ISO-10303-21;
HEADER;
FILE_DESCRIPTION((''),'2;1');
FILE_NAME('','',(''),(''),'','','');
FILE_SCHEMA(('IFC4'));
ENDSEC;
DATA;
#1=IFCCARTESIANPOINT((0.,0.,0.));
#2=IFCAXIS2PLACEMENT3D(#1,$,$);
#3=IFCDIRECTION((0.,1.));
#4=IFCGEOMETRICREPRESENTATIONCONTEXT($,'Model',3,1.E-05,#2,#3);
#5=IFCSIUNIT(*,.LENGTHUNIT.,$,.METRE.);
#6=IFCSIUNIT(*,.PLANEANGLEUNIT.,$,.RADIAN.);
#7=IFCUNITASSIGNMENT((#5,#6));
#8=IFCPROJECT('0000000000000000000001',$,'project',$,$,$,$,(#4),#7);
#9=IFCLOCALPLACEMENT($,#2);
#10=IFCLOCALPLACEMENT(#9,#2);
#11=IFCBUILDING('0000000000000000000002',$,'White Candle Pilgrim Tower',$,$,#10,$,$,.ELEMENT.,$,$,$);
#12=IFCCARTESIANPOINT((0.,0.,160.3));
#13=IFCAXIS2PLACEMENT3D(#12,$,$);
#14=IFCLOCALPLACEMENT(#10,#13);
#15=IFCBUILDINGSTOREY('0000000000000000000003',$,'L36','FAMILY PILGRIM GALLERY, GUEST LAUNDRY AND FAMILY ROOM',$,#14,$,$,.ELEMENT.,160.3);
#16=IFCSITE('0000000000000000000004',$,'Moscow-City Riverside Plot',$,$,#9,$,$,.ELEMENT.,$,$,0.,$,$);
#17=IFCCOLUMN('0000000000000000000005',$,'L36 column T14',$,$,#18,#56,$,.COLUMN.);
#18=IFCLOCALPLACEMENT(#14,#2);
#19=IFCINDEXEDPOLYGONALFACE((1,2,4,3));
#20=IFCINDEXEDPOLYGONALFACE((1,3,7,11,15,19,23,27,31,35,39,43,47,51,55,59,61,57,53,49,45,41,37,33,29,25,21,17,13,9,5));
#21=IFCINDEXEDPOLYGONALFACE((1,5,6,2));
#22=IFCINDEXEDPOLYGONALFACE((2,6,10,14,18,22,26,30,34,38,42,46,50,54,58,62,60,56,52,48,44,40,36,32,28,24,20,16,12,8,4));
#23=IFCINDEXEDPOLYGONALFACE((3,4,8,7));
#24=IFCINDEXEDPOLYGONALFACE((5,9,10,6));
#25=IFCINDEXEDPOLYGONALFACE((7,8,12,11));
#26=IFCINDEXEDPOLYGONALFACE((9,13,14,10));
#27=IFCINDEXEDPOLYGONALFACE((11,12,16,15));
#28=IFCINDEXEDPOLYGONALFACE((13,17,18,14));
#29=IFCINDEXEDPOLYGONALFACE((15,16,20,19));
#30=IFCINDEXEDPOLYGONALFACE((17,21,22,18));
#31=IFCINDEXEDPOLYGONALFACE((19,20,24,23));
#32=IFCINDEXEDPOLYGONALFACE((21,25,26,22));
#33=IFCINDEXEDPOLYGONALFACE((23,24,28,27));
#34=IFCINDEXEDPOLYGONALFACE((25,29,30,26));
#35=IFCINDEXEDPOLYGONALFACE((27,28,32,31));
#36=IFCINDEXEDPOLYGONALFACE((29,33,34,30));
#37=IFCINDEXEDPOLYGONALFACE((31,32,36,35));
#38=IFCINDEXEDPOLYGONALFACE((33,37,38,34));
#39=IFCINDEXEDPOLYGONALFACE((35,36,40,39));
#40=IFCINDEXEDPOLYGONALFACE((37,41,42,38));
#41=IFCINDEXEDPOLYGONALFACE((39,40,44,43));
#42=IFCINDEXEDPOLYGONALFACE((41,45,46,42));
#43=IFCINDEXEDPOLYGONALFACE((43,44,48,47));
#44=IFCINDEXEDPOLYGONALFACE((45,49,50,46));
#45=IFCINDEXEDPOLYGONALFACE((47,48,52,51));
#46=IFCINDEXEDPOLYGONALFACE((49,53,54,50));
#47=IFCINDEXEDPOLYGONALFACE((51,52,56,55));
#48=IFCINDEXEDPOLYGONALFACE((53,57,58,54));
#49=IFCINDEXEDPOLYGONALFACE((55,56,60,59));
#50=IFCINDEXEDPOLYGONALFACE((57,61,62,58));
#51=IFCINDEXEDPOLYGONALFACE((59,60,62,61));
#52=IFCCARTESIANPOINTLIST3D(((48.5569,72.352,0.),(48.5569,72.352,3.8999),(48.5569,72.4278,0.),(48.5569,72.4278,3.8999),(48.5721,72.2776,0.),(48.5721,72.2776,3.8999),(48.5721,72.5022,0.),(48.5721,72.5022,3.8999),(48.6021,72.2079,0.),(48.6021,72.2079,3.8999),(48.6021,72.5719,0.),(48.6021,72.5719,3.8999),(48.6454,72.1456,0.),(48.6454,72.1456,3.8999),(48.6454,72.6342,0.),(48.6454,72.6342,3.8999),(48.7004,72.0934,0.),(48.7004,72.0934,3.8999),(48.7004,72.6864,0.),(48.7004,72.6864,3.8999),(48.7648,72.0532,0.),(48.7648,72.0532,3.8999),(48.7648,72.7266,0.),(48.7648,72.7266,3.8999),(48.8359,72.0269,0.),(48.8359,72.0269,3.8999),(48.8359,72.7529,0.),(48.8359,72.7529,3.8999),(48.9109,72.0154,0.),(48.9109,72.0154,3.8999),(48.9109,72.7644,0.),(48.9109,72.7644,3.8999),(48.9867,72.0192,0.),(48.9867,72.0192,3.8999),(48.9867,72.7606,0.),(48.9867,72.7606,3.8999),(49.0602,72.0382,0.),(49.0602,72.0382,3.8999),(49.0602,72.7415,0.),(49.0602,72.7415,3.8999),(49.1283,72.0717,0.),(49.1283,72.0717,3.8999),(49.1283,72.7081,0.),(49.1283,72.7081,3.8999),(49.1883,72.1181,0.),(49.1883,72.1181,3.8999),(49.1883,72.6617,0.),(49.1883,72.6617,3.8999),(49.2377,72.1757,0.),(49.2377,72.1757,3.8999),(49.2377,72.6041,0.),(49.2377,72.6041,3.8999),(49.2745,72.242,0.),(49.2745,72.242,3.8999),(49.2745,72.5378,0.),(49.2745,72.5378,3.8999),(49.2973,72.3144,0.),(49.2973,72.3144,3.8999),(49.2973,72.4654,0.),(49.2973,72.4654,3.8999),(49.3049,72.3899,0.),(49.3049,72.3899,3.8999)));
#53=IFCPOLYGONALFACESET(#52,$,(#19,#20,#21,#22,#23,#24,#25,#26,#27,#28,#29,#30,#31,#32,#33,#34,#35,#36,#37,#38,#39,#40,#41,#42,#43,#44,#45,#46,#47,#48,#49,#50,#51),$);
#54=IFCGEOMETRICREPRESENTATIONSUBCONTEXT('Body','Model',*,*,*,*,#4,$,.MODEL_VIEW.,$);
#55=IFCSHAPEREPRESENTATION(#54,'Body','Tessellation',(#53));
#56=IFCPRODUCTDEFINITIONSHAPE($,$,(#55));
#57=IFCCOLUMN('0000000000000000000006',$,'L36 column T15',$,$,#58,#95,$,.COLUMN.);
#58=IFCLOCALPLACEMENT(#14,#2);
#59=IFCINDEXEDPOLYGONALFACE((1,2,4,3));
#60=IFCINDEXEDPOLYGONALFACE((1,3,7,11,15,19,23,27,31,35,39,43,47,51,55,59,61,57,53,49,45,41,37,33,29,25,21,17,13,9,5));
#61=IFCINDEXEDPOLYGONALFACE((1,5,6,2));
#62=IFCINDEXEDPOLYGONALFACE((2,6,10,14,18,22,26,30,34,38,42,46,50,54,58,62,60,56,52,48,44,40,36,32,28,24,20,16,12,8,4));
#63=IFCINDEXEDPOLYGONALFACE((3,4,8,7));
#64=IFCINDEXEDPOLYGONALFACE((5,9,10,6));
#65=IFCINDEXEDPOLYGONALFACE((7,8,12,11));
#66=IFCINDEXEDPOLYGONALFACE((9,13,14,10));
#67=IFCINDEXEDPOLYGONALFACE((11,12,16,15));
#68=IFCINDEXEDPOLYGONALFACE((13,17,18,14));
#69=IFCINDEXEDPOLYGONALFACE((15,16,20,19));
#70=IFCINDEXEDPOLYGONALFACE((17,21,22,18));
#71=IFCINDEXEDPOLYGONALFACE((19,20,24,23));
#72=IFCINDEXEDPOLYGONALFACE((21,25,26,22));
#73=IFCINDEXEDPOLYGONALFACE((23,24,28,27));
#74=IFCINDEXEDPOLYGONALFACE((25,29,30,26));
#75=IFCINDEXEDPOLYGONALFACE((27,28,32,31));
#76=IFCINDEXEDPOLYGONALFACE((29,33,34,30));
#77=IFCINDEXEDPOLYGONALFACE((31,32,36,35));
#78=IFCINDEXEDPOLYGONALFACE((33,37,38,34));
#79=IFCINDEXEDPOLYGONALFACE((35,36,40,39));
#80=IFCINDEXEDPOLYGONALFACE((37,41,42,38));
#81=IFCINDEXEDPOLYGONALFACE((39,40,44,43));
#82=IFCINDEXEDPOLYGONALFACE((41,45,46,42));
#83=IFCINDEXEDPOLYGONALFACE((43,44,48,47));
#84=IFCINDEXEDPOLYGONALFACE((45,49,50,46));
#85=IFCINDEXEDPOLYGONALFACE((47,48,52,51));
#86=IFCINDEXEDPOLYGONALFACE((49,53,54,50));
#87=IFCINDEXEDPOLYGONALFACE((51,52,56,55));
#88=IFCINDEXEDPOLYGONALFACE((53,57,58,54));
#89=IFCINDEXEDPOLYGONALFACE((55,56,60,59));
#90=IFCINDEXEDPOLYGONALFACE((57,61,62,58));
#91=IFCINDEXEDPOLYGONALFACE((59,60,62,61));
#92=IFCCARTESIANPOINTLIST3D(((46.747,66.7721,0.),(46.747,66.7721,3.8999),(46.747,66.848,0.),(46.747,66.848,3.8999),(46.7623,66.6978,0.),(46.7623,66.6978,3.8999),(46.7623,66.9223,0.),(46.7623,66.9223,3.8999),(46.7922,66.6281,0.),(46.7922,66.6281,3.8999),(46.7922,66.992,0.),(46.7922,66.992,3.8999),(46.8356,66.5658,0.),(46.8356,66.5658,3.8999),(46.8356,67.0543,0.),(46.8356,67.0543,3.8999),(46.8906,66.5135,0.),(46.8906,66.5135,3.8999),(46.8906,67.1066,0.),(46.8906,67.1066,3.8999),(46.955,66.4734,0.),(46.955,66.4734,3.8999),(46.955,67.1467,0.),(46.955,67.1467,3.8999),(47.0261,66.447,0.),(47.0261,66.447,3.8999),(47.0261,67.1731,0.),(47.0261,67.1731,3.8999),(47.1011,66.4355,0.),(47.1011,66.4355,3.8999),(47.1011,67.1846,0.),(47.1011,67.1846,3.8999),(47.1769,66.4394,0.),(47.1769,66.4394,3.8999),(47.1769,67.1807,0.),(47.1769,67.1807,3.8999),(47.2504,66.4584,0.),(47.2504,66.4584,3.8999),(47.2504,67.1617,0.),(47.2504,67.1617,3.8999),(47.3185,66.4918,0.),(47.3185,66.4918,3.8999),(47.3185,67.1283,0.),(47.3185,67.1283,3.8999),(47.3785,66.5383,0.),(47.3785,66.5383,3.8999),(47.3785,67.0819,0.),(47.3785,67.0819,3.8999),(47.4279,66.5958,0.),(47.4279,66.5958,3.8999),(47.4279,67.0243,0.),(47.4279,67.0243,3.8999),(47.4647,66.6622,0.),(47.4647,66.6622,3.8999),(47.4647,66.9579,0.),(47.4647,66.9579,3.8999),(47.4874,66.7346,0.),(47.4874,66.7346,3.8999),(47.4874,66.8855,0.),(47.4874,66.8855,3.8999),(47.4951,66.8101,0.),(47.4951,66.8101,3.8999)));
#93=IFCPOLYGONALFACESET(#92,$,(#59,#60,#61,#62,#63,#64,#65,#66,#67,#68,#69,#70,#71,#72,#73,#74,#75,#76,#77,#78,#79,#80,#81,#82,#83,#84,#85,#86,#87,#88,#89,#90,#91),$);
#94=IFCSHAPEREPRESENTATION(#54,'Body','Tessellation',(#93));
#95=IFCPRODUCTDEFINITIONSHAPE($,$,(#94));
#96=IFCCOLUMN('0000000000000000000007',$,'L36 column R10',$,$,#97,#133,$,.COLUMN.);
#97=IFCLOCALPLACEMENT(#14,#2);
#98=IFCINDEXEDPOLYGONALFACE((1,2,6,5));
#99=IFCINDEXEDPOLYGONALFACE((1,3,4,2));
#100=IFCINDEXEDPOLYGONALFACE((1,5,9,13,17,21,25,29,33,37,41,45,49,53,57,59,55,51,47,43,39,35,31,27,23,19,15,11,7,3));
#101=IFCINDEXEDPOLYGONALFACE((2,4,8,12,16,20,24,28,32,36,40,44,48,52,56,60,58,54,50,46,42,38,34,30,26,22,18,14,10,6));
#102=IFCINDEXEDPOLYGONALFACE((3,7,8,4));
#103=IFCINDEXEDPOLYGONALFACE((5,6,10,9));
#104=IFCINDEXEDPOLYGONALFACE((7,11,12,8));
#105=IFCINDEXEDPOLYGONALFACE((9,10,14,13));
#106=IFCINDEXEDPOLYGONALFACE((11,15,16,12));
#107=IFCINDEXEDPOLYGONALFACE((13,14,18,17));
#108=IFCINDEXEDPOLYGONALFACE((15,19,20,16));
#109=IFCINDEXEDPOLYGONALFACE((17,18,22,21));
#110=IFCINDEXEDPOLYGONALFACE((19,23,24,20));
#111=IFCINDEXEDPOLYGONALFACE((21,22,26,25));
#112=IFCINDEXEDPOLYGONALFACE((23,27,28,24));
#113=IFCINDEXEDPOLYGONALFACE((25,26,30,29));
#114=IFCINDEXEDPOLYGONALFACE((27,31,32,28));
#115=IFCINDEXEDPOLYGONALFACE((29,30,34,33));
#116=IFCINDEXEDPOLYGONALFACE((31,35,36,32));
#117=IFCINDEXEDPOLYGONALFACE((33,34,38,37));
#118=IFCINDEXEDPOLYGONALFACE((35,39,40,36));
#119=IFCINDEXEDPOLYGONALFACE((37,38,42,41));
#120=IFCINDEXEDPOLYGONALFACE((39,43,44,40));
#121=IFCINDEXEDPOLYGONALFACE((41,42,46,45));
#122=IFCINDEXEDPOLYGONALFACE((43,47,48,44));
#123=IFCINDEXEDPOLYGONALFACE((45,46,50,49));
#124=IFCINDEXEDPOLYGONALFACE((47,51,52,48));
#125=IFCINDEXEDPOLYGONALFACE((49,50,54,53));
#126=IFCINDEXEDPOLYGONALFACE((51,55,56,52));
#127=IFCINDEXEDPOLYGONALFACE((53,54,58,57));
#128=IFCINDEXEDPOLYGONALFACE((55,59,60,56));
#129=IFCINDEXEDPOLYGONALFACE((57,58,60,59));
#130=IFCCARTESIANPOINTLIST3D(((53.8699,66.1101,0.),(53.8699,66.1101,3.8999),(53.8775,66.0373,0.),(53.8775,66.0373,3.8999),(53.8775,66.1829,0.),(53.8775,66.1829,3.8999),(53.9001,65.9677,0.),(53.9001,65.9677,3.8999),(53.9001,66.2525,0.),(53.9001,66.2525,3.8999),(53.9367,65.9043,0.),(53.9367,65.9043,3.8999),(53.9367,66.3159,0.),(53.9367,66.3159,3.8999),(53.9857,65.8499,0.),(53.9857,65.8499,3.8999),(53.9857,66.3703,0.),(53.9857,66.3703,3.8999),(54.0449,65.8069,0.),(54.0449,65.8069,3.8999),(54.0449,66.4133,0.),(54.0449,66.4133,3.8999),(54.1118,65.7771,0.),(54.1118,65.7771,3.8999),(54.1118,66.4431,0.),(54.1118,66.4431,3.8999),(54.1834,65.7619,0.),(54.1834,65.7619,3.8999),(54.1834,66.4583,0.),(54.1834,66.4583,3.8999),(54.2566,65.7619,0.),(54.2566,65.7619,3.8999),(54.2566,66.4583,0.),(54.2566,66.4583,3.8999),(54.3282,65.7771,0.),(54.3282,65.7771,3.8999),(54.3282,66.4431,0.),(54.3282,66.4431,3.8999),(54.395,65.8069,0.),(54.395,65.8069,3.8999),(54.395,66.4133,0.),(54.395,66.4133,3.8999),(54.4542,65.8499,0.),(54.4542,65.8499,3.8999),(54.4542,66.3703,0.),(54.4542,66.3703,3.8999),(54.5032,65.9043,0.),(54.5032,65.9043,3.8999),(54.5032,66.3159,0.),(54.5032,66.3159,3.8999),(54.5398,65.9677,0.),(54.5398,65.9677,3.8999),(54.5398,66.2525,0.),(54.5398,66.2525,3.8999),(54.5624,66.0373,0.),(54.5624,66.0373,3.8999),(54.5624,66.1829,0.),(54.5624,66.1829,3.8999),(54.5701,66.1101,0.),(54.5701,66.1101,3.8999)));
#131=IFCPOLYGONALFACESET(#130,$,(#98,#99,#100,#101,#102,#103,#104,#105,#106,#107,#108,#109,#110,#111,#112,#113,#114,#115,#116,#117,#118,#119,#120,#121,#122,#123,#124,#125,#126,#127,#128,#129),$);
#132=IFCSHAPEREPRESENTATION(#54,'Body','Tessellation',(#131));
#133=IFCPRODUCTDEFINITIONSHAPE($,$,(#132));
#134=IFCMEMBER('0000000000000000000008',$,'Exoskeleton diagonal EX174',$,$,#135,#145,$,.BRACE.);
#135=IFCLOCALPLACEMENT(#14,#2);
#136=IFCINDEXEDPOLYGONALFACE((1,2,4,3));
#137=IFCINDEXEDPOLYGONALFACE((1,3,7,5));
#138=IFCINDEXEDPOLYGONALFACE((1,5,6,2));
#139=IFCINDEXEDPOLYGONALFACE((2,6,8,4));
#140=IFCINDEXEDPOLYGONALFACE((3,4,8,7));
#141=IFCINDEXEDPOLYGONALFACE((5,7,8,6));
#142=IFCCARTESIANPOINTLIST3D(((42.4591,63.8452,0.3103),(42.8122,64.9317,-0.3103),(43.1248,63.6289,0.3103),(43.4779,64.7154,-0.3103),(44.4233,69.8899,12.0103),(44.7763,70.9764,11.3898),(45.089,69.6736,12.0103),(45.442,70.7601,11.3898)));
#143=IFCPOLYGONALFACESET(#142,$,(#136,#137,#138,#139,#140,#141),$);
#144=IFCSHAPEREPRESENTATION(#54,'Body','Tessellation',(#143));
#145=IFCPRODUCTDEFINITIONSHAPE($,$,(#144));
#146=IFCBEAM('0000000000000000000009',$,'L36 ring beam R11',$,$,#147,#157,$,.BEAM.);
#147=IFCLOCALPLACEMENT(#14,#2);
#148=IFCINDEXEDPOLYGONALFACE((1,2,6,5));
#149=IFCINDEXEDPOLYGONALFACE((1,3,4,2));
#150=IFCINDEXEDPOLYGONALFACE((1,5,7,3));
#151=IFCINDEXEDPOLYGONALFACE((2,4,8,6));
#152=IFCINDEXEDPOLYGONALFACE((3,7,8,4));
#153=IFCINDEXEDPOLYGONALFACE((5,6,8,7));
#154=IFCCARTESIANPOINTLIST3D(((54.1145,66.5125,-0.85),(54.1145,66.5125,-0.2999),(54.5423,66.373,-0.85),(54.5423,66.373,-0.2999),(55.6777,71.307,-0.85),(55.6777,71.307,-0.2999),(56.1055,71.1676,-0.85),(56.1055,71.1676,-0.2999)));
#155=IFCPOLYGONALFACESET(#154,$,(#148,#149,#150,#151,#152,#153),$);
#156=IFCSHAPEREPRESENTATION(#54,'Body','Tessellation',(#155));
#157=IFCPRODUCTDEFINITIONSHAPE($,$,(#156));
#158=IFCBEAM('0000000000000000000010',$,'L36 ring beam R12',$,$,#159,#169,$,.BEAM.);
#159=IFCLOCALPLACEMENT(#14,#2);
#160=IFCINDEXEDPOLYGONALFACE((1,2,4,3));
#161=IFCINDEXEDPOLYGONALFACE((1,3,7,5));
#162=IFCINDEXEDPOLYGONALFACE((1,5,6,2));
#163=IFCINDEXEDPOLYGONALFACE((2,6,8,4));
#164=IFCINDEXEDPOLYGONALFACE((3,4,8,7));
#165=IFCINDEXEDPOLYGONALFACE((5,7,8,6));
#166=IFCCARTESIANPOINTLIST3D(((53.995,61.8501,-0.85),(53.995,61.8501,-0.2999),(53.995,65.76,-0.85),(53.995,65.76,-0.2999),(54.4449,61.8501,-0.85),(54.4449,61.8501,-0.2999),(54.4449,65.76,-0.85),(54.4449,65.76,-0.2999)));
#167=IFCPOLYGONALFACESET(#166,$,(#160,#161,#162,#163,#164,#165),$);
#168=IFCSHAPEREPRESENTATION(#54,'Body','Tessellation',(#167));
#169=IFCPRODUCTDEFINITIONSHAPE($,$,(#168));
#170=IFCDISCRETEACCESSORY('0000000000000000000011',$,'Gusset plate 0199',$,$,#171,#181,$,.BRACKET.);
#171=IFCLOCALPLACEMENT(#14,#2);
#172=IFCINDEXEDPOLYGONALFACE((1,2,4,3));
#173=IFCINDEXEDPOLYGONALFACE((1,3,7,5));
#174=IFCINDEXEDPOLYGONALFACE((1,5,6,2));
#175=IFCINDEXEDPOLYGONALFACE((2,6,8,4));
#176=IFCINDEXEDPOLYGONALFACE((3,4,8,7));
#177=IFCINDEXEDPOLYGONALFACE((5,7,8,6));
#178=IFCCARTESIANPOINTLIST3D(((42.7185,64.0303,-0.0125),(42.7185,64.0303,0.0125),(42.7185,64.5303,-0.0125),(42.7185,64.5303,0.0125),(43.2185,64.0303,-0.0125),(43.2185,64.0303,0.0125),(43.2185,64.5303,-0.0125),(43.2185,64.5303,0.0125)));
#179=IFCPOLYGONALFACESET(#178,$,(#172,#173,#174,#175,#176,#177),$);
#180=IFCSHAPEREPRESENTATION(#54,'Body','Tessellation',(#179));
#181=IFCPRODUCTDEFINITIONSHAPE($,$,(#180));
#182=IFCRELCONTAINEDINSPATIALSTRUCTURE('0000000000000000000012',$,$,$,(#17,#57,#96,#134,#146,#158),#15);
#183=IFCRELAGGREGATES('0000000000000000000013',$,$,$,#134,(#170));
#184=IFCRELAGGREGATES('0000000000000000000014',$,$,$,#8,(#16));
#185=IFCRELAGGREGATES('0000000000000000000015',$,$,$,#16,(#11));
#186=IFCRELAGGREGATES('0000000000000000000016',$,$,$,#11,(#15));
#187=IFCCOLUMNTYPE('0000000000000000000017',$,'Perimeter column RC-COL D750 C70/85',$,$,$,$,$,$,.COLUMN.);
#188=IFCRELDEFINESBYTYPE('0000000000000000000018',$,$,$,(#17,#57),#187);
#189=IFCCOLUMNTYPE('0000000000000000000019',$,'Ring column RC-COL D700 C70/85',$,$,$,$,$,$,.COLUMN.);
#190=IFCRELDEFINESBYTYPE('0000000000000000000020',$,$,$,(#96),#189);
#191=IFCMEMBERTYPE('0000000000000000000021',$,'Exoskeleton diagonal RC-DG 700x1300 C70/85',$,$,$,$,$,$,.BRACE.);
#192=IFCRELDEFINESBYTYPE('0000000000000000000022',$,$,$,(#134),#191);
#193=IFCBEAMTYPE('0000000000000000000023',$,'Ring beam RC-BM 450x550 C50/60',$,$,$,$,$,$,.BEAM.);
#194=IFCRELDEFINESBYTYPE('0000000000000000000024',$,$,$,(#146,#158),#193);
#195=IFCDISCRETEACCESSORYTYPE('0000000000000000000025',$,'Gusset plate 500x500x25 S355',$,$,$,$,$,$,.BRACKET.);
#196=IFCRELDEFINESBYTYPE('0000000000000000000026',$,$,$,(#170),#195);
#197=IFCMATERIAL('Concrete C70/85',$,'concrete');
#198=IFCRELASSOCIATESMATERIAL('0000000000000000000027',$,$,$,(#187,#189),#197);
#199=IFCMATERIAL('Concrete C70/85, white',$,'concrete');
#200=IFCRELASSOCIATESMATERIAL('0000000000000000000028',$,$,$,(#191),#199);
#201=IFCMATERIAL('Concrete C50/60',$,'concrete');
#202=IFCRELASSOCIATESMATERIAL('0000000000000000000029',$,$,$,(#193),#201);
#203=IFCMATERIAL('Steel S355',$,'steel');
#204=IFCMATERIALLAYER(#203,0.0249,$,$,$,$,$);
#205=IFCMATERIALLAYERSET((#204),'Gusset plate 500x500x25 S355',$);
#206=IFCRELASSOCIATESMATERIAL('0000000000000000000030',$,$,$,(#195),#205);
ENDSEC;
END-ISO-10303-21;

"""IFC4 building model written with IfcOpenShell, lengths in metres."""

from ifc_helpers import new_model, si_unit, direction, frame, origin, origin_2d, place, context, subcontext, project, spatial, rectangle, circle, extrude, material, layer, layer_set, material_profile, profile_set, type_object, element, aggregate, save


model = new_model("IFC4")

# Units and contexts
model_context = context("Model", 3, precision=1e-05, world=origin(), true_north=direction((0.0, 1.0)))
body_context = subcontext(model_context, "Body", "Model", "MODEL_VIEW")
ifc_project = project(units=[si_unit("LENGTHUNIT", "METRE"), si_unit("PLANEANGLEUNIT", "RADIAN")], contexts=[model_context])

# Site, building, storey
site_placement = place(None, origin())
site = spatial("IfcSite", under=ifc_project, at=site_placement, Name="Moscow-City Riverside Plot", CompositionType="ELEMENT", RefElevation=0.0)
building_placement = place(site_placement, origin())
building = spatial("IfcBuilding", under=site, at=building_placement, Name="White Candle Pilgrim Tower", CompositionType="ELEMENT")
storey_placement = place(building_placement, frame((0.0, 0.0, 160.3)))
storey = spatial("IfcBuildingStorey", under=building, at=storey_placement, Name="L36", Description="FAMILY PILGRIM GALLERY, GUEST LAUNDRY AND FAMILY ROOM", CompositionType="ELEMENT", Elevation=160.3)

# Columns
ifc_material_1 = material(Name="Concrete C70/85", Category="concrete")
ifc_material_profile_1 = material_profile(ifc_material_1, circle(Radius=0.375, at=origin_2d()), Name="RC-COL D750")
ifc_profile_set_1 = profile_set([ifc_material_profile_1], Name="Concrete C70/85")
column_type_1 = type_object("IfcColumnType", Name="Perimeter column RC-COL D750 C70/85", PredefinedType="COLUMN", material=ifc_profile_set_1)
for number, where, z_axis, x_axis, name in (
    (1, (48.9299, 72.3899, 0.0), (0.0, 0.0, 1.0), (1.0, 0.0, 0.0), "L36 column T14"),
    (2, (47.1201, 66.8101, 0.0), (0.0, 0.0, 1.0), (1.0, 0.0, 0.0), "L36 column T15"),
):
    element("IfcColumn", number, at=place(storey_placement, frame(where, z_axis=z_axis, x_axis=x_axis)), inside=storey, type_object=column_type_1, Name=name, PredefinedType="COLUMN", context=body_context, shape_type="SweptSolid", body=[
        extrude(circle(Radius=0.375, at=origin_2d()), origin(), (0.0, 0.0, 1.0), 3.8999),
    ])
ifc_material_profile_2 = material_profile(ifc_material_1, circle(Radius=0.3501, at=origin_2d()), Name="RC-COL D700")
ifc_profile_set_2 = profile_set([ifc_material_profile_2], Name="Concrete C70/85")
column_type_2 = type_object("IfcColumnType", Name="Ring column RC-COL D700 C70/85", PredefinedType="COLUMN", material=ifc_profile_set_2)
column_placement = place(storey_placement, frame((54.22, 66.1101, 0.0), z_axis=(0.0, 0.0, 1.0), x_axis=(1.0, 0.0, 0.0)))
element("IfcColumn", 3, at=column_placement, inside=storey, type_object=column_type_2, Name="L36 column R10", PredefinedType="COLUMN", context=body_context, shape_type="SweptSolid", body=[
    extrude(circle(Radius=0.3501, at=origin_2d()), origin(), (0.0, 0.0, 1.0), 3.8999),
])

# Member
ifc_material_2 = material(Name="Concrete C70/85, white", Category="concrete")
ifc_material_profile_3 = material_profile(ifc_material_2, rectangle(XDim=0.7, YDim=1.3, at=origin_2d()), Name="RC-DG 700x1300")
ifc_profile_set_3 = profile_set([ifc_material_profile_3], Name="Concrete C70/85, white")
member_type = type_object("IfcMemberType", Name="Exoskeleton diagonal RC-DG 700x1300 C70/85", PredefinedType="BRACE", material=ifc_profile_set_3)
member_placement = place(storey_placement, frame((42.9685, 64.2803, 0.0), z_axis=(0.147513, 0.453981, 0.878716), x_axis=(-0.951053, 0.309028, 0.0)))
member = element("IfcMember", 4, at=member_placement, inside=storey, type_object=member_type, Name="Exoskeleton diagonal EX174", PredefinedType="BRACE", context=body_context, shape_type="SweptSolid", body=[
    extrude(rectangle(XDim=0.7, YDim=1.3, at=origin_2d()), origin(), (0.0, 0.0, 1.0), 13.3149),
])

# Beams
ifc_material_3 = material(Name="Concrete C50/60", Category="concrete")
ifc_material_profile_4 = material_profile(ifc_material_3, rectangle(XDim=0.45, YDim=0.55, at=origin_2d()), Name="RC-BM 450x550")
ifc_profile_set_4 = profile_set([ifc_material_profile_4], Name="Concrete C50/60")
beam_type_1 = type_object("IfcBeamType", Name="Ring beam RC-BM 450x550 C50/60", PredefinedType="BEAM", material=ifc_profile_set_4)
beam_1_placement = place(storey_placement, frame((55.8916, 71.2373, -0.575), z_axis=(-0.309976, -0.950744, 0.0), x_axis=(0.950744, -0.309976, 0.0)))
element("IfcBeam", 5, at=beam_1_placement, inside=storey, type_object=beam_type_1, Name="L36 ring beam R11", PredefinedType="BEAM", context=body_context, shape_type="SweptSolid", body=[
    extrude(rectangle(XDim=0.45, YDim=0.55, at=origin_2d()), origin(), (0.0, 0.0, 1.0), 5.043),
])
beam_2_placement = place(storey_placement, frame((54.22, 65.76, -0.575), z_axis=(0.0, -1.0, 0.0), x_axis=(1.0, 0.0, 0.0)))
element("IfcBeam", 6, at=beam_2_placement, inside=storey, type_object=beam_type_1, Name="L36 ring beam R12", PredefinedType="BEAM", context=body_context, shape_type="SweptSolid", body=[
    extrude(rectangle(XDim=0.45, YDim=0.55, at=origin_2d()), origin(), (0.0, 0.0, 1.0), 3.9099),
])

# Discrete accessory
ifc_material_4 = material(Name="Steel S355", Category="steel")
ifc_layer_1 = layer(ifc_material_4, 0.0249)
ifc_layer_set_1 = layer_set([ifc_layer_1], Name="Gusset plate 500x500x25 S355")
discrete_accessory_type = type_object("IfcDiscreteAccessoryType", Name="Gusset plate 500x500x25 S355", PredefinedType="BRACKET", material=ifc_layer_set_1)
discrete_accessory_placement = place(storey_placement, frame((42.9685, 64.2803, -0.0125), z_axis=(0.0, 0.0, 1.0), x_axis=(1.0, 0.0, 0.0)))
discrete_accessory = element("IfcDiscreteAccessory", 7, at=discrete_accessory_placement, type_object=discrete_accessory_type, Name="Gusset plate 0199", PredefinedType="BRACKET", context=body_context, shape_type="SweptSolid", body=[
    extrude(rectangle(XDim=0.5, YDim=0.5, at=origin_2d()), origin(), (0.0, 0.0, 1.0), 0.0249),
])
aggregate(member, [discrete_accessory])

save(model, "model.ifc")
